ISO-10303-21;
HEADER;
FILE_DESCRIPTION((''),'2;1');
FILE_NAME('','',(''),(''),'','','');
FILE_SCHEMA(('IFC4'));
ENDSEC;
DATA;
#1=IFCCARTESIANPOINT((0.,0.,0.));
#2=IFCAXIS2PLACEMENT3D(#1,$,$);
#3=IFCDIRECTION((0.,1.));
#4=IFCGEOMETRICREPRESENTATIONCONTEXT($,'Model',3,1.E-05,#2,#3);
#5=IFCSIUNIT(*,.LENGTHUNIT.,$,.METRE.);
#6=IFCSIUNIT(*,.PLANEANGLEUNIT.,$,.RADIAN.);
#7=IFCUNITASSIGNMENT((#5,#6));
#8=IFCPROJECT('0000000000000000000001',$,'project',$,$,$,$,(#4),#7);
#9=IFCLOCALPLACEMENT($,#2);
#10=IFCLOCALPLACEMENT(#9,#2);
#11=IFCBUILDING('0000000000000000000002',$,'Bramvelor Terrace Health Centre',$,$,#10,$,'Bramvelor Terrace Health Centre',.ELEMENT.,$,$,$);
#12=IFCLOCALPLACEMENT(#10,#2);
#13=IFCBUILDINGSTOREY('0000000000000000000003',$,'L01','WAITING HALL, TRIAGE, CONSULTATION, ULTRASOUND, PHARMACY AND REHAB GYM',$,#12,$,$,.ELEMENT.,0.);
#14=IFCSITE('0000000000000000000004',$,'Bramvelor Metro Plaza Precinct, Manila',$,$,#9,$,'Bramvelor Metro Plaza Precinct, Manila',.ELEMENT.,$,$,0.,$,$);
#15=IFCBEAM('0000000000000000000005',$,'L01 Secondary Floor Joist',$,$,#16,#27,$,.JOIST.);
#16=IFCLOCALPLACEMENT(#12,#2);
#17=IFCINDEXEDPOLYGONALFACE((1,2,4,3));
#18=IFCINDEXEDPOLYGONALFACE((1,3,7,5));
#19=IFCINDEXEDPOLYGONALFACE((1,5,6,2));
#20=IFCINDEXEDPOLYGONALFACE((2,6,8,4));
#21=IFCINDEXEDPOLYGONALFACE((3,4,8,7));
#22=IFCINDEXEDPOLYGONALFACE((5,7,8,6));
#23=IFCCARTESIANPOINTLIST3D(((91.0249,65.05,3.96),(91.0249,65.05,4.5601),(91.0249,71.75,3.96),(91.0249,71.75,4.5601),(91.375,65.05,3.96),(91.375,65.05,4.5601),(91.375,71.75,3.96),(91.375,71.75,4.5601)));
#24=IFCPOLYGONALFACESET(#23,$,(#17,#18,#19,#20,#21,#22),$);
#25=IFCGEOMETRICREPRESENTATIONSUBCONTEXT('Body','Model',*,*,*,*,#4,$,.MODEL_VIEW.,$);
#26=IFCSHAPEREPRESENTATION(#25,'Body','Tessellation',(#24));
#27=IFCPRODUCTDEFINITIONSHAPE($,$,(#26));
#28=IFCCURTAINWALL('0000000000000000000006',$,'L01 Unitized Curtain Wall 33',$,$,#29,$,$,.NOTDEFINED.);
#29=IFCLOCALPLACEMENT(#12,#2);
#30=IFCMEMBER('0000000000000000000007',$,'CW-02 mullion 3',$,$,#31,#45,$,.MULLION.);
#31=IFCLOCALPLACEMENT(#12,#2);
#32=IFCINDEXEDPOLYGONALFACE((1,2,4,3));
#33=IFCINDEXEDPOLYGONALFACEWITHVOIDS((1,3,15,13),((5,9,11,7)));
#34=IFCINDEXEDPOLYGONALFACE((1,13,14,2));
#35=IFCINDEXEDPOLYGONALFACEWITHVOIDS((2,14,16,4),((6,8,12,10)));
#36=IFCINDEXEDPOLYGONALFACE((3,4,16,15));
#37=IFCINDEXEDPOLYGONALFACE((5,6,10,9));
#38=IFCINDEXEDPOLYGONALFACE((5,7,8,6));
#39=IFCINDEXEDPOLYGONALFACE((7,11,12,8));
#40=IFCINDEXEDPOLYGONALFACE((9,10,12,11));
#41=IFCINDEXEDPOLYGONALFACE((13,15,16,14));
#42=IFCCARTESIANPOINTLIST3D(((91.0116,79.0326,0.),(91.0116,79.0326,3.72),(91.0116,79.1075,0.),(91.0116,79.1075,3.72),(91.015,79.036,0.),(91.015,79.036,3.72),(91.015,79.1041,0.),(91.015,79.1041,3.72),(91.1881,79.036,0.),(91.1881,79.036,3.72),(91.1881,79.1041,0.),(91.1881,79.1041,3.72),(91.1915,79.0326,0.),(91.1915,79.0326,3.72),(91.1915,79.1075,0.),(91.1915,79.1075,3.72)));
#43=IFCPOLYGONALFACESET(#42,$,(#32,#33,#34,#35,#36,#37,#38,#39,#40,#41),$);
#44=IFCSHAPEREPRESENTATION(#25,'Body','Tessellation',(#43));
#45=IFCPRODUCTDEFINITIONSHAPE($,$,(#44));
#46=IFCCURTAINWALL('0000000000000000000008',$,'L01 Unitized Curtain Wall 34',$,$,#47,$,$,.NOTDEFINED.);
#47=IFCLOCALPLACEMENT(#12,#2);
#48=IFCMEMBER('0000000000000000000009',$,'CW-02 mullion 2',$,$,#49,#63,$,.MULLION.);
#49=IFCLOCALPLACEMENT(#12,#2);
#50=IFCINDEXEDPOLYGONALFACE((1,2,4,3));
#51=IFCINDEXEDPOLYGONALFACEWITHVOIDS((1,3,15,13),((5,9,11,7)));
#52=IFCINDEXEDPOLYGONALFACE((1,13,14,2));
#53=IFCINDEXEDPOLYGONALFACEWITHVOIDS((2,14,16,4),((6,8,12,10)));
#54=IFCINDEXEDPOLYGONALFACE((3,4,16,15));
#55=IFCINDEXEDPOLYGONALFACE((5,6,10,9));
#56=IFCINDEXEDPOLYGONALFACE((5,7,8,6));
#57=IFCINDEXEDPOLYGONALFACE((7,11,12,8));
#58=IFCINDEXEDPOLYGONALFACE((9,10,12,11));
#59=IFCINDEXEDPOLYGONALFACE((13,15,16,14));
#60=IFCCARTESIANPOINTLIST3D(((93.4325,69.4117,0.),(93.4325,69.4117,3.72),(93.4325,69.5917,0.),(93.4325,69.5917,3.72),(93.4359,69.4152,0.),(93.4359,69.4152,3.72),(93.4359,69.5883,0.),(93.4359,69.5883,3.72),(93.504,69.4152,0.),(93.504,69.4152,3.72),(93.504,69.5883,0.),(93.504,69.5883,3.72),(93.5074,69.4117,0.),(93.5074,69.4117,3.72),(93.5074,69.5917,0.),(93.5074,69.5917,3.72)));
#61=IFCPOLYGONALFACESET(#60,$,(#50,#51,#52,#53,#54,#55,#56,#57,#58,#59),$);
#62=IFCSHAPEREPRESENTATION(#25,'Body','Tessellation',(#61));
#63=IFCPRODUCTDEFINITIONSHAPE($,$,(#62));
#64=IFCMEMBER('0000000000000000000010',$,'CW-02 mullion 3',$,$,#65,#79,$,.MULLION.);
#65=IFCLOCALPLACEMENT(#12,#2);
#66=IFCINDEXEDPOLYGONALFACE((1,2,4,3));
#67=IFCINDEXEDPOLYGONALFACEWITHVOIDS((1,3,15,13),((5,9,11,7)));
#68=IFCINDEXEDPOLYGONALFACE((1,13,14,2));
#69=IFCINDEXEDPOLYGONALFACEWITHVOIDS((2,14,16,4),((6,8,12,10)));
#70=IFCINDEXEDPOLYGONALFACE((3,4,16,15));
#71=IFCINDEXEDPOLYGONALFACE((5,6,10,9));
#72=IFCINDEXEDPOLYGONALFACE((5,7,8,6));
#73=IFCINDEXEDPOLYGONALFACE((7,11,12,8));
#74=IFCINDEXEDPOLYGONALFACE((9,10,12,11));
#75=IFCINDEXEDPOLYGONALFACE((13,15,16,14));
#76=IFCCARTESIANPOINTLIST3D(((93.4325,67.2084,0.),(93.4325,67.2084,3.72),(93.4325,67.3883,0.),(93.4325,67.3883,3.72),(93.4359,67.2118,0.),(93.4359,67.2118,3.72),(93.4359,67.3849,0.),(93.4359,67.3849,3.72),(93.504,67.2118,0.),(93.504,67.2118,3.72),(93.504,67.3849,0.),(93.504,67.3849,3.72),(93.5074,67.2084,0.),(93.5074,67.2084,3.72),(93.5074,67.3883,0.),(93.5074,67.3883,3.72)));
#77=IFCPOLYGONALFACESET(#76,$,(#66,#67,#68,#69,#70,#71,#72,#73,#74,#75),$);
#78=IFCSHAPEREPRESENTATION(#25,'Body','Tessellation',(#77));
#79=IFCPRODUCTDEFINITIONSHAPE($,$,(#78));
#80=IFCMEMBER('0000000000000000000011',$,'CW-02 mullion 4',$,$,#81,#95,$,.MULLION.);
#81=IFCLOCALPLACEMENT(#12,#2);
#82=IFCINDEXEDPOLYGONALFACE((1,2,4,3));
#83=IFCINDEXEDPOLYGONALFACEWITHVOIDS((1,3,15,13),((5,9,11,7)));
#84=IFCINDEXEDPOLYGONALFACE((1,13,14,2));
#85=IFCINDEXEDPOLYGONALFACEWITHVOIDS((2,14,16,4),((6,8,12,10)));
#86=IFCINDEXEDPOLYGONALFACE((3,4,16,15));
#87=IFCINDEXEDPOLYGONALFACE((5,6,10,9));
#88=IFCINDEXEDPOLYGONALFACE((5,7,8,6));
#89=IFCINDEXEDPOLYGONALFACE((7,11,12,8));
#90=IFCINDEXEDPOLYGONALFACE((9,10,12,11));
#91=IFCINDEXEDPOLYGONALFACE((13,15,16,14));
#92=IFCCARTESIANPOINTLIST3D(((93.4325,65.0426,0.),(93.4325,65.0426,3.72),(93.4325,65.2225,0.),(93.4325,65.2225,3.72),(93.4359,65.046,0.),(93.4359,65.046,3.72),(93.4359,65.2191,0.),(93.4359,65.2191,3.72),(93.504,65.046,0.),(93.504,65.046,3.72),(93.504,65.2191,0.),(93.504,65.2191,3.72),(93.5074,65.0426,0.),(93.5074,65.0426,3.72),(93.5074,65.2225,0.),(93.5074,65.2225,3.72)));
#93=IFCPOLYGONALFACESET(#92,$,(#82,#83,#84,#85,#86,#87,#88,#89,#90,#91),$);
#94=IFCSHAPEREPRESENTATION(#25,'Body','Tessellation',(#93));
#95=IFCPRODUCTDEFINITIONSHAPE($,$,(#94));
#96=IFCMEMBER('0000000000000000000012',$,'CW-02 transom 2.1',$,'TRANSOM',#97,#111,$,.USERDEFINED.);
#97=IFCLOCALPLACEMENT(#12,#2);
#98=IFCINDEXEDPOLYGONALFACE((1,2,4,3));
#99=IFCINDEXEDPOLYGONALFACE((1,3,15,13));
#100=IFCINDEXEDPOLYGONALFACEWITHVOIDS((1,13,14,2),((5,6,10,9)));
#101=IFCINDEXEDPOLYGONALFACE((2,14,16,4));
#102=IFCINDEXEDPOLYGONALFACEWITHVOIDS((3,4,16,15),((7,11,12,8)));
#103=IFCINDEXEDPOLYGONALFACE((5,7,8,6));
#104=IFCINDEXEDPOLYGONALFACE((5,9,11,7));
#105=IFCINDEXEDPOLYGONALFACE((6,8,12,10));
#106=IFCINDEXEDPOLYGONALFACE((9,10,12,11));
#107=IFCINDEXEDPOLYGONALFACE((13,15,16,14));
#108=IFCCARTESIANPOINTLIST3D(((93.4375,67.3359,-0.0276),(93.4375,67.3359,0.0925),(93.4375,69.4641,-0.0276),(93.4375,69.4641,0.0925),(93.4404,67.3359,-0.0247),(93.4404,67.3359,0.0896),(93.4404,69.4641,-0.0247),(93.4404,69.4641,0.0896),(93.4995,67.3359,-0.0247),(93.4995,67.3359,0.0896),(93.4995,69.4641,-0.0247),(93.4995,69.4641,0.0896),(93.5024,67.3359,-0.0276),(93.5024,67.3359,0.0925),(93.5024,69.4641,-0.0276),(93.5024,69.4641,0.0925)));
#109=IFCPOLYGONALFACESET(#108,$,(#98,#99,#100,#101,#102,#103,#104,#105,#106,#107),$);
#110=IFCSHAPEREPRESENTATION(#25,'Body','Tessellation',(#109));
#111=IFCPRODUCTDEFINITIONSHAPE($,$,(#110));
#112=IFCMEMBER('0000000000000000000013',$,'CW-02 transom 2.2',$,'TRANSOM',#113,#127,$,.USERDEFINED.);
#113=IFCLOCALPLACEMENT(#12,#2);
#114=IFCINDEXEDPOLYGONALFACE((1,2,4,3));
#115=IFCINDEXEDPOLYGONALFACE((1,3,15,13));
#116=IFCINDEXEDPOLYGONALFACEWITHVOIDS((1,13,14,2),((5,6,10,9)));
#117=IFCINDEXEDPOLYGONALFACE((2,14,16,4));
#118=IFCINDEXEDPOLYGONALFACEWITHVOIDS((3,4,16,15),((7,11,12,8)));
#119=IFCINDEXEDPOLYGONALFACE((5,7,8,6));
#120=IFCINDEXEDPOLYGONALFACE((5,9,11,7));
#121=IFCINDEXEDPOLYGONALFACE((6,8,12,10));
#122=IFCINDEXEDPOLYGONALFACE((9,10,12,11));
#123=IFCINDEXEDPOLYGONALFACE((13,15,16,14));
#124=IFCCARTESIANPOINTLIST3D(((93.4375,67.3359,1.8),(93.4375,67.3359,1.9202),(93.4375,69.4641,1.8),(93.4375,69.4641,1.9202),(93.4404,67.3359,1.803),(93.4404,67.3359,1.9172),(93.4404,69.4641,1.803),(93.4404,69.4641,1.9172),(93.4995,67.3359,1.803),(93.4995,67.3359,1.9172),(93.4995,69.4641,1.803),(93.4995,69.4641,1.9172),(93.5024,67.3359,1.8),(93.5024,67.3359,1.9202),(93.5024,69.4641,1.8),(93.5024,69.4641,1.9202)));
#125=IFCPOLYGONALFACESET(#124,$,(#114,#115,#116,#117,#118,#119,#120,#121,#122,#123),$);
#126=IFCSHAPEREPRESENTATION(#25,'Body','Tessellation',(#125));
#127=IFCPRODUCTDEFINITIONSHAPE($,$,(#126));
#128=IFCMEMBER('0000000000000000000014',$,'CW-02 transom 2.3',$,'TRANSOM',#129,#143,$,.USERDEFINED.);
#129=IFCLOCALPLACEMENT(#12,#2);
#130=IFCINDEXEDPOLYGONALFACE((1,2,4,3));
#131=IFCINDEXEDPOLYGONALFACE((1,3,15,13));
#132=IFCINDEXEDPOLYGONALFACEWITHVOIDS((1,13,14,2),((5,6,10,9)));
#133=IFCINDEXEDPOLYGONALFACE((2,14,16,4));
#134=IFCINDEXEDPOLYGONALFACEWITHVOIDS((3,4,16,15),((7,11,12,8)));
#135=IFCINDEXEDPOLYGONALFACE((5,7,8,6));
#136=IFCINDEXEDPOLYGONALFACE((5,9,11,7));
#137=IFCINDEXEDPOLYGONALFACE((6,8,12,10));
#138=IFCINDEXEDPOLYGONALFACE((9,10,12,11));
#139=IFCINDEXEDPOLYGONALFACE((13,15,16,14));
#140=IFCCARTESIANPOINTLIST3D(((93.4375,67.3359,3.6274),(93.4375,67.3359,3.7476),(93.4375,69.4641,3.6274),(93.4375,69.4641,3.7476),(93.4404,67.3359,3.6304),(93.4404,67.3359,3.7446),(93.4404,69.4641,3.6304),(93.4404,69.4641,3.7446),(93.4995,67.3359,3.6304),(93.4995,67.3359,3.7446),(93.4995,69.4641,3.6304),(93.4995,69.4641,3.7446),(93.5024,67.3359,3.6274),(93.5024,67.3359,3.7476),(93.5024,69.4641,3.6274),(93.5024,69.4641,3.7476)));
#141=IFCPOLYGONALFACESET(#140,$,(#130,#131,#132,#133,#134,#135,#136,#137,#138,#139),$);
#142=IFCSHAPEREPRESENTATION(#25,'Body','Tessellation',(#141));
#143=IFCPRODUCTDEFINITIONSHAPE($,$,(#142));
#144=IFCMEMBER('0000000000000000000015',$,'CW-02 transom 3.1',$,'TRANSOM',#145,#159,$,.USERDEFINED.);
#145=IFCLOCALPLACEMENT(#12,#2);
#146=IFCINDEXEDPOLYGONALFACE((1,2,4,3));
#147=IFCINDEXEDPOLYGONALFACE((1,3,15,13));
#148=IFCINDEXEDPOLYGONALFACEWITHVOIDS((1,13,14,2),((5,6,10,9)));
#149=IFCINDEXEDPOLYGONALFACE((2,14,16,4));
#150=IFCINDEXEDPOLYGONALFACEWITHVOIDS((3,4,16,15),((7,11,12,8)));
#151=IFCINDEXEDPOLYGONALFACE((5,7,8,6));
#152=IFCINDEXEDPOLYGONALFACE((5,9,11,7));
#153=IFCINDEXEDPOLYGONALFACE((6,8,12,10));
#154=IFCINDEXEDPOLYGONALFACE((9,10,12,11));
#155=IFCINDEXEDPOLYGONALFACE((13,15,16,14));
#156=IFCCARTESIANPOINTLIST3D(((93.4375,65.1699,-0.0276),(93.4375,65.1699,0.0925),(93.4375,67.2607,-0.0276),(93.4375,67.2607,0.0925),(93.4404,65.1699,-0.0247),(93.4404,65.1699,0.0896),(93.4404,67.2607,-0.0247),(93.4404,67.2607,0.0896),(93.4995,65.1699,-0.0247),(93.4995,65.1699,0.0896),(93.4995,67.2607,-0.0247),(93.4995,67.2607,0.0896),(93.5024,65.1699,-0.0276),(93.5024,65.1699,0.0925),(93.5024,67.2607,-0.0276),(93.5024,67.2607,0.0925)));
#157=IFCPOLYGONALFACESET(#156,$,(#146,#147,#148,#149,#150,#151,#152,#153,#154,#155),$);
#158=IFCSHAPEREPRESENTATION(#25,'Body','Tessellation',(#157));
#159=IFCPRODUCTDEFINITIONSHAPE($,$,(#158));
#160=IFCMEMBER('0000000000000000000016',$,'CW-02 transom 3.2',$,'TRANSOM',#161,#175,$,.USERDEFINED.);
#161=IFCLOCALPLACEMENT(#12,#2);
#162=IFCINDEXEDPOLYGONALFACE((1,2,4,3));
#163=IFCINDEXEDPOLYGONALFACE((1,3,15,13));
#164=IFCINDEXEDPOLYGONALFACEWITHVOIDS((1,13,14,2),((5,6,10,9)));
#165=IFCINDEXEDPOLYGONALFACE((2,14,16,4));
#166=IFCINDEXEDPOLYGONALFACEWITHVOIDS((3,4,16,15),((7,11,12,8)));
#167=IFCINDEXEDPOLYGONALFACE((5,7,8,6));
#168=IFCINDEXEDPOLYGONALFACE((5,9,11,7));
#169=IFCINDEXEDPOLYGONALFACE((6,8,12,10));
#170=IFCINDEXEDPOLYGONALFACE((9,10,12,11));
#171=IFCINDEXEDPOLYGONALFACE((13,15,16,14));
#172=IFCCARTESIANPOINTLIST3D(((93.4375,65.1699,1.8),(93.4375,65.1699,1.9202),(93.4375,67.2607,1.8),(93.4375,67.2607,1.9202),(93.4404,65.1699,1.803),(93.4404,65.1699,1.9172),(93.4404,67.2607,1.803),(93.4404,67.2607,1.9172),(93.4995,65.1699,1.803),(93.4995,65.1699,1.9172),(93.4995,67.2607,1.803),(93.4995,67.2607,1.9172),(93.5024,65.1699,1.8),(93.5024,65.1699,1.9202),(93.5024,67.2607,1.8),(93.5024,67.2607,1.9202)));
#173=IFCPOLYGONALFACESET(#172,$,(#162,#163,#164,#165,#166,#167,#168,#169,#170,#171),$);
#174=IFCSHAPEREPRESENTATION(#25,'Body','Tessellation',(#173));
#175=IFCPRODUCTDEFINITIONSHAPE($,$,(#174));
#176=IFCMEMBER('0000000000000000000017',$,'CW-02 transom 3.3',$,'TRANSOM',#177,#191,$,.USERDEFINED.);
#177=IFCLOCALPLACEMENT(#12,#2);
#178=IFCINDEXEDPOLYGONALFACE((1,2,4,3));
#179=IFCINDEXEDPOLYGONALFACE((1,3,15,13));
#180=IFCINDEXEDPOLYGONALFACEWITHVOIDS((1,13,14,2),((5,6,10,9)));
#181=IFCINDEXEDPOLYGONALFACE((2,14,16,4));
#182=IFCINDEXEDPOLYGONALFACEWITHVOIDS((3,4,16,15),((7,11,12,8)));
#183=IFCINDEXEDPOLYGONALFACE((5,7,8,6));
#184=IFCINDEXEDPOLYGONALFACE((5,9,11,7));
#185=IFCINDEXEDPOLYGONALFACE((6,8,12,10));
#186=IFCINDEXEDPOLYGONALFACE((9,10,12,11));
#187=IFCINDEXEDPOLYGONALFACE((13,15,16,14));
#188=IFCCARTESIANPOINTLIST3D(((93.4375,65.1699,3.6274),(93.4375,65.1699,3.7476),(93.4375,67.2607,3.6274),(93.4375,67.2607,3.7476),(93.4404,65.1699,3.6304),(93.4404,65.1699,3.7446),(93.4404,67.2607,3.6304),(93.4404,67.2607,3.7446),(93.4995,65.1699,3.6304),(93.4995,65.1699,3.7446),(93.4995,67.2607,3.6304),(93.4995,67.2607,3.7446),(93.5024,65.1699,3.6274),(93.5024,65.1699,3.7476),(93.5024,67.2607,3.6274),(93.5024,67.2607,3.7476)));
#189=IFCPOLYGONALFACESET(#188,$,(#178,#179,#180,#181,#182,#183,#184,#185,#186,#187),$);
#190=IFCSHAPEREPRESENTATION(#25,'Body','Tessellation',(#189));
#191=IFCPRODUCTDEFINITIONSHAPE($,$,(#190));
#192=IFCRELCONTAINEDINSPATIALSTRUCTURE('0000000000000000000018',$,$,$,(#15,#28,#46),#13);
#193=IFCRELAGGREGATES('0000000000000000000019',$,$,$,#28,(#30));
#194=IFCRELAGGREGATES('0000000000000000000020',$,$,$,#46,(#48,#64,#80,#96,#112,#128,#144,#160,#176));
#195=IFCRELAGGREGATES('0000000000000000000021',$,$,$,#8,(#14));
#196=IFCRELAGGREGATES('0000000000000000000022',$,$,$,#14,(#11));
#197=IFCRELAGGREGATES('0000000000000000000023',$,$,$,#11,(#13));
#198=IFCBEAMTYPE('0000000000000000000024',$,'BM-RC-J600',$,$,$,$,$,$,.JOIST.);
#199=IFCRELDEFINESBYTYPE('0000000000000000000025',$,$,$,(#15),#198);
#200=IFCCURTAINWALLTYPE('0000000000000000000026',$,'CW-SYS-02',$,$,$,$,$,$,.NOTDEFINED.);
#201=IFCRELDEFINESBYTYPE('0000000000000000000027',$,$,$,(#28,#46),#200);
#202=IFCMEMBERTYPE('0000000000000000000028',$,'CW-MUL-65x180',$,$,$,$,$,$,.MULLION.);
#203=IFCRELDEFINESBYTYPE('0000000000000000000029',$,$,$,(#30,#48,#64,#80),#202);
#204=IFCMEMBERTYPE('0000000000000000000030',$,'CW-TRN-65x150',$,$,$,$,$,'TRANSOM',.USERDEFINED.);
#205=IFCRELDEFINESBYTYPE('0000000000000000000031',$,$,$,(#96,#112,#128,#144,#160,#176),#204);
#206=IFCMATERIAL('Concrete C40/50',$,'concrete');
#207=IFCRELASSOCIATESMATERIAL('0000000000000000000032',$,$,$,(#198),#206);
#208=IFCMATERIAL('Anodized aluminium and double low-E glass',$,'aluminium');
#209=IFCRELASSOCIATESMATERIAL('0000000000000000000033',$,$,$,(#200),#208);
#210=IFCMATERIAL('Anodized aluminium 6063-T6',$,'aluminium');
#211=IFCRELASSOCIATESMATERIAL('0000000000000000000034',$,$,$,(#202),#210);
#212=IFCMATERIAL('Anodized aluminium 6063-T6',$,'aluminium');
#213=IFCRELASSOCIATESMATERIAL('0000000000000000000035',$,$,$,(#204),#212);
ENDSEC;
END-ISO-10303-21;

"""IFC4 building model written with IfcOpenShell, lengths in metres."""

from ifc_helpers import new_model, si_unit, direction, frame, origin, origin_2d, place, context, subcontext, project, spatial, rectangle, hollow_rectangle, extrude, material, material_profile, profile_set, type_object, element, aggregate, save


model = new_model("IFC4")

# Units and contexts
model_context = context("Model", 3, precision=1e-05, world=origin(), true_north=direction((0.0, 1.0)))
body_context = subcontext(model_context, "Body", "Model", "MODEL_VIEW")
ifc_project = project(units=[si_unit("LENGTHUNIT", "METRE"), si_unit("PLANEANGLEUNIT", "RADIAN")], contexts=[model_context])

# Site, building, storey
site_placement = place(None, origin())
site = spatial("IfcSite", under=ifc_project, at=site_placement, Name="Bramvelor Metro Plaza Precinct, Manila", LongName="Bramvelor Metro Plaza Precinct, Manila", CompositionType="ELEMENT", RefElevation=0.0)
building_placement = place(site_placement, origin())
building = spatial("IfcBuilding", under=site, at=building_placement, Name="Bramvelor Terrace Health Centre", LongName="Bramvelor Terrace Health Centre", CompositionType="ELEMENT")
storey_placement = place(building_placement, origin())
storey = spatial("IfcBuildingStorey", under=building, at=storey_placement, Name="L01", Description="WAITING HALL, TRIAGE, CONSULTATION, ULTRASOUND, PHARMACY AND REHAB GYM", CompositionType="ELEMENT", Elevation=0.0)

# Beam
ifc_material_1 = material(Name="Concrete C40/50", Category="concrete")
ifc_material_profile_1 = material_profile(ifc_material_1, rectangle(XDim=0.3501, YDim=0.6001, at=origin_2d()), Name="RC 350x600")
ifc_profile_set_1 = profile_set([ifc_material_profile_1], Name="Concrete C40/50")
beam_type = type_object("IfcBeamType", Name="BM-RC-J600", PredefinedType="JOIST", material=ifc_profile_set_1)
beam_placement = place(storey_placement, frame((91.2, 65.05, 4.26), z_axis=(0.0, 1.0, 0.0), x_axis=(-1.0, 0.0, 0.0)))
element("IfcBeam", 1, at=beam_placement, inside=storey, type_object=beam_type, Name="L01 Secondary Floor Joist", PredefinedType="JOIST", context=body_context, shape_type="SweptSolid", body=[
    extrude(rectangle(XDim=0.3501, YDim=0.6001, at=origin_2d()), origin(), (0.0, 0.0, 1.0), 6.7),
])

# Curtain wall, member
ifc_material_2 = material(Name="Anodized aluminium and double low-E glass", Category="aluminium")
curtain_wall_type = type_object("IfcCurtainWallType", Name="CW-SYS-02", PredefinedType="NOTDEFINED", material=ifc_material_2)
curtain_wall_1_placement = place(storey_placement, origin())
curtain_wall_1 = element("IfcCurtainWall", 2, at=curtain_wall_1_placement, inside=storey, type_object=curtain_wall_type, Name="L01 Unitized Curtain Wall 33", PredefinedType="NOTDEFINED")
ifc_material_3 = material(Name="Anodized aluminium 6063-T6", Category="aluminium")
ifc_material_profile_2 = material_profile(ifc_material_3, hollow_rectangle(XDim=0.075, YDim=0.1799, WallThickness=0.0034, at=origin_2d()), Name="ALU-MUL 75x180x3.5")
ifc_profile_set_2 = profile_set([ifc_material_profile_2], Name="Anodized aluminium 6063-T6")
member_type_1 = type_object("IfcMemberType", Name="CW-MUL-65x180", PredefinedType="MULLION", material=ifc_profile_set_2)
member_1_placement = place(storey_placement, frame((91.1016, 79.0701, 0.0), z_axis=(0.0, 0.0, 1.0), x_axis=(0.0, 1.0, 0.0)))
member_1 = element("IfcMember", 3, at=member_1_placement, type_object=member_type_1, Name="CW-02 mullion 3", PredefinedType="MULLION", context=body_context, shape_type="SweptSolid", body=[
    extrude(hollow_rectangle(XDim=0.075, YDim=0.1799, WallThickness=0.0034, at=origin_2d()), origin(), (0.0, 0.0, 1.0), 3.72),
])
aggregate(curtain_wall_1, [member_1])

# Curtain wall, members
curtain_wall_2_placement = place(storey_placement, origin())
curtain_wall_2 = element("IfcCurtainWall", 4, at=curtain_wall_2_placement, inside=storey, type_object=curtain_wall_type, Name="L01 Unitized Curtain Wall 34", PredefinedType="NOTDEFINED")
member_2_placement = place(storey_placement, frame((93.47, 69.5017, 0.0), z_axis=(0.0, 0.0, 1.0), x_axis=(1.0, 0.0, 0.0)))
member_2 = element("IfcMember", 5, at=member_2_placement, type_object=member_type_1, Name="CW-02 mullion 2", PredefinedType="MULLION", context=body_context, shape_type="SweptSolid", body=[
    extrude(hollow_rectangle(XDim=0.075, YDim=0.1799, WallThickness=0.0034, at=origin_2d()), origin(), (0.0, 0.0, 1.0), 3.72),
])
member_3_placement = place(storey_placement, frame((93.47, 67.2983, 0.0), z_axis=(0.0, 0.0, 1.0), x_axis=(1.0, 0.0, 0.0)))
member_3 = element("IfcMember", 6, at=member_3_placement, type_object=member_type_1, Name="CW-02 mullion 3", PredefinedType="MULLION", context=body_context, shape_type="SweptSolid", body=[
    extrude(hollow_rectangle(XDim=0.075, YDim=0.1799, WallThickness=0.0034, at=origin_2d()), origin(), (0.0, 0.0, 1.0), 3.72),
])
member_4_placement = place(storey_placement, frame((93.47, 65.1326, 0.0), z_axis=(0.0, 0.0, 1.0), x_axis=(1.0, 0.0, 0.0)))
member_4 = element("IfcMember", 7, at=member_4_placement, type_object=member_type_1, Name="CW-02 mullion 4", PredefinedType="MULLION", context=body_context, shape_type="SweptSolid", body=[
    extrude(hollow_rectangle(XDim=0.075, YDim=0.1799, WallThickness=0.0034, at=origin_2d()), origin(), (0.0, 0.0, 1.0), 3.72),
])
ifc_material_4 = material(Name="Anodized aluminium 6063-T6", Category="aluminium")
ifc_material_profile_3 = material_profile(ifc_material_4, hollow_rectangle(XDim=0.0649, YDim=0.1201, WallThickness=0.0029, at=origin_2d()), Name="ALU-TRN 65x120x3.0")
ifc_profile_set_3 = profile_set([ifc_material_profile_3], Name="Anodized aluminium 6063-T6")
member_type_2 = type_object("IfcMemberType", Name="CW-TRN-65x150", ElementType="TRANSOM", PredefinedType="USERDEFINED", material=ifc_profile_set_3)
member_5_placement = place(storey_placement, frame((93.47, 69.4641, 0.0325), z_axis=(0.0, -1.0, 0.0), x_axis=(1.0, 0.0, 0.0)))
member_5 = element("IfcMember", 8, at=member_5_placement, type_object=member_type_2, Name="CW-02 transom 2.1", ObjectType="TRANSOM", PredefinedType="USERDEFINED", context=body_context, shape_type="SweptSolid", body=[
    extrude(hollow_rectangle(XDim=0.0649, YDim=0.1201, WallThickness=0.0029, at=origin_2d()), origin(), (0.0, 0.0, 1.0), 2.1282),
])
member_6_placement = place(storey_placement, frame((93.47, 69.4641, 1.8601), z_axis=(0.0, -1.0, 0.0), x_axis=(1.0, 0.0, 0.0)))
member_6 = element("IfcMember", 9, at=member_6_placement, type_object=member_type_2, Name="CW-02 transom 2.2", ObjectType="TRANSOM", PredefinedType="USERDEFINED", context=body_context, shape_type="SweptSolid", body=[
    extrude(hollow_rectangle(XDim=0.0649, YDim=0.1201, WallThickness=0.0029, at=origin_2d()), origin(), (0.0, 0.0, 1.0), 2.1282),
])
member_7_placement = place(storey_placement, frame((93.47, 69.4641, 3.6875), z_axis=(0.0, -1.0, 0.0), x_axis=(1.0, 0.0, 0.0)))
member_7 = element("IfcMember", 10, at=member_7_placement, type_object=member_type_2, Name="CW-02 transom 2.3", ObjectType="TRANSOM", PredefinedType="USERDEFINED", context=body_context, shape_type="SweptSolid", body=[
    extrude(hollow_rectangle(XDim=0.0649, YDim=0.1201, WallThickness=0.0029, at=origin_2d()), origin(), (0.0, 0.0, 1.0), 2.1282),
])
member_8_placement = place(storey_placement, frame((93.47, 67.2607, 0.0325), z_axis=(0.0, -1.0, 0.0), x_axis=(1.0, 0.0, 0.0)))
member_8 = element("IfcMember", 11, at=member_8_placement, type_object=member_type_2, Name="CW-02 transom 3.1", ObjectType="TRANSOM", PredefinedType="USERDEFINED", context=body_context, shape_type="SweptSolid", body=[
    extrude(hollow_rectangle(XDim=0.0649, YDim=0.1201, WallThickness=0.0029, at=origin_2d()), origin(), (0.0, 0.0, 1.0), 2.0908),
])
member_9_placement = place(storey_placement, frame((93.47, 67.2607, 1.8601), z_axis=(0.0, -1.0, 0.0), x_axis=(1.0, 0.0, 0.0)))
member_9 = element("IfcMember", 12, at=member_9_placement, type_object=member_type_2, Name="CW-02 transom 3.2", ObjectType="TRANSOM", PredefinedType="USERDEFINED", context=body_context, shape_type="SweptSolid", body=[
    extrude(hollow_rectangle(XDim=0.0649, YDim=0.1201, WallThickness=0.0029, at=origin_2d()), origin(), (0.0, 0.0, 1.0), 2.0908),
])
member_10_placement = place(storey_placement, frame((93.47, 67.2607, 3.6875), z_axis=(0.0, -1.0, 0.0), x_axis=(1.0, 0.0, 0.0)))
member_10 = element("IfcMember", 13, at=member_10_placement, type_object=member_type_2, Name="CW-02 transom 3.3", ObjectType="TRANSOM", PredefinedType="USERDEFINED", context=body_context, shape_type="SweptSolid", body=[
    extrude(hollow_rectangle(XDim=0.0649, YDim=0.1201, WallThickness=0.0029, at=origin_2d()), origin(), (0.0, 0.0, 1.0), 2.0908),
])
aggregate(curtain_wall_2, [member_2, member_3, member_4, member_5, member_6, member_7, member_8, member_9, member_10])

save(model, "model.ifc")
